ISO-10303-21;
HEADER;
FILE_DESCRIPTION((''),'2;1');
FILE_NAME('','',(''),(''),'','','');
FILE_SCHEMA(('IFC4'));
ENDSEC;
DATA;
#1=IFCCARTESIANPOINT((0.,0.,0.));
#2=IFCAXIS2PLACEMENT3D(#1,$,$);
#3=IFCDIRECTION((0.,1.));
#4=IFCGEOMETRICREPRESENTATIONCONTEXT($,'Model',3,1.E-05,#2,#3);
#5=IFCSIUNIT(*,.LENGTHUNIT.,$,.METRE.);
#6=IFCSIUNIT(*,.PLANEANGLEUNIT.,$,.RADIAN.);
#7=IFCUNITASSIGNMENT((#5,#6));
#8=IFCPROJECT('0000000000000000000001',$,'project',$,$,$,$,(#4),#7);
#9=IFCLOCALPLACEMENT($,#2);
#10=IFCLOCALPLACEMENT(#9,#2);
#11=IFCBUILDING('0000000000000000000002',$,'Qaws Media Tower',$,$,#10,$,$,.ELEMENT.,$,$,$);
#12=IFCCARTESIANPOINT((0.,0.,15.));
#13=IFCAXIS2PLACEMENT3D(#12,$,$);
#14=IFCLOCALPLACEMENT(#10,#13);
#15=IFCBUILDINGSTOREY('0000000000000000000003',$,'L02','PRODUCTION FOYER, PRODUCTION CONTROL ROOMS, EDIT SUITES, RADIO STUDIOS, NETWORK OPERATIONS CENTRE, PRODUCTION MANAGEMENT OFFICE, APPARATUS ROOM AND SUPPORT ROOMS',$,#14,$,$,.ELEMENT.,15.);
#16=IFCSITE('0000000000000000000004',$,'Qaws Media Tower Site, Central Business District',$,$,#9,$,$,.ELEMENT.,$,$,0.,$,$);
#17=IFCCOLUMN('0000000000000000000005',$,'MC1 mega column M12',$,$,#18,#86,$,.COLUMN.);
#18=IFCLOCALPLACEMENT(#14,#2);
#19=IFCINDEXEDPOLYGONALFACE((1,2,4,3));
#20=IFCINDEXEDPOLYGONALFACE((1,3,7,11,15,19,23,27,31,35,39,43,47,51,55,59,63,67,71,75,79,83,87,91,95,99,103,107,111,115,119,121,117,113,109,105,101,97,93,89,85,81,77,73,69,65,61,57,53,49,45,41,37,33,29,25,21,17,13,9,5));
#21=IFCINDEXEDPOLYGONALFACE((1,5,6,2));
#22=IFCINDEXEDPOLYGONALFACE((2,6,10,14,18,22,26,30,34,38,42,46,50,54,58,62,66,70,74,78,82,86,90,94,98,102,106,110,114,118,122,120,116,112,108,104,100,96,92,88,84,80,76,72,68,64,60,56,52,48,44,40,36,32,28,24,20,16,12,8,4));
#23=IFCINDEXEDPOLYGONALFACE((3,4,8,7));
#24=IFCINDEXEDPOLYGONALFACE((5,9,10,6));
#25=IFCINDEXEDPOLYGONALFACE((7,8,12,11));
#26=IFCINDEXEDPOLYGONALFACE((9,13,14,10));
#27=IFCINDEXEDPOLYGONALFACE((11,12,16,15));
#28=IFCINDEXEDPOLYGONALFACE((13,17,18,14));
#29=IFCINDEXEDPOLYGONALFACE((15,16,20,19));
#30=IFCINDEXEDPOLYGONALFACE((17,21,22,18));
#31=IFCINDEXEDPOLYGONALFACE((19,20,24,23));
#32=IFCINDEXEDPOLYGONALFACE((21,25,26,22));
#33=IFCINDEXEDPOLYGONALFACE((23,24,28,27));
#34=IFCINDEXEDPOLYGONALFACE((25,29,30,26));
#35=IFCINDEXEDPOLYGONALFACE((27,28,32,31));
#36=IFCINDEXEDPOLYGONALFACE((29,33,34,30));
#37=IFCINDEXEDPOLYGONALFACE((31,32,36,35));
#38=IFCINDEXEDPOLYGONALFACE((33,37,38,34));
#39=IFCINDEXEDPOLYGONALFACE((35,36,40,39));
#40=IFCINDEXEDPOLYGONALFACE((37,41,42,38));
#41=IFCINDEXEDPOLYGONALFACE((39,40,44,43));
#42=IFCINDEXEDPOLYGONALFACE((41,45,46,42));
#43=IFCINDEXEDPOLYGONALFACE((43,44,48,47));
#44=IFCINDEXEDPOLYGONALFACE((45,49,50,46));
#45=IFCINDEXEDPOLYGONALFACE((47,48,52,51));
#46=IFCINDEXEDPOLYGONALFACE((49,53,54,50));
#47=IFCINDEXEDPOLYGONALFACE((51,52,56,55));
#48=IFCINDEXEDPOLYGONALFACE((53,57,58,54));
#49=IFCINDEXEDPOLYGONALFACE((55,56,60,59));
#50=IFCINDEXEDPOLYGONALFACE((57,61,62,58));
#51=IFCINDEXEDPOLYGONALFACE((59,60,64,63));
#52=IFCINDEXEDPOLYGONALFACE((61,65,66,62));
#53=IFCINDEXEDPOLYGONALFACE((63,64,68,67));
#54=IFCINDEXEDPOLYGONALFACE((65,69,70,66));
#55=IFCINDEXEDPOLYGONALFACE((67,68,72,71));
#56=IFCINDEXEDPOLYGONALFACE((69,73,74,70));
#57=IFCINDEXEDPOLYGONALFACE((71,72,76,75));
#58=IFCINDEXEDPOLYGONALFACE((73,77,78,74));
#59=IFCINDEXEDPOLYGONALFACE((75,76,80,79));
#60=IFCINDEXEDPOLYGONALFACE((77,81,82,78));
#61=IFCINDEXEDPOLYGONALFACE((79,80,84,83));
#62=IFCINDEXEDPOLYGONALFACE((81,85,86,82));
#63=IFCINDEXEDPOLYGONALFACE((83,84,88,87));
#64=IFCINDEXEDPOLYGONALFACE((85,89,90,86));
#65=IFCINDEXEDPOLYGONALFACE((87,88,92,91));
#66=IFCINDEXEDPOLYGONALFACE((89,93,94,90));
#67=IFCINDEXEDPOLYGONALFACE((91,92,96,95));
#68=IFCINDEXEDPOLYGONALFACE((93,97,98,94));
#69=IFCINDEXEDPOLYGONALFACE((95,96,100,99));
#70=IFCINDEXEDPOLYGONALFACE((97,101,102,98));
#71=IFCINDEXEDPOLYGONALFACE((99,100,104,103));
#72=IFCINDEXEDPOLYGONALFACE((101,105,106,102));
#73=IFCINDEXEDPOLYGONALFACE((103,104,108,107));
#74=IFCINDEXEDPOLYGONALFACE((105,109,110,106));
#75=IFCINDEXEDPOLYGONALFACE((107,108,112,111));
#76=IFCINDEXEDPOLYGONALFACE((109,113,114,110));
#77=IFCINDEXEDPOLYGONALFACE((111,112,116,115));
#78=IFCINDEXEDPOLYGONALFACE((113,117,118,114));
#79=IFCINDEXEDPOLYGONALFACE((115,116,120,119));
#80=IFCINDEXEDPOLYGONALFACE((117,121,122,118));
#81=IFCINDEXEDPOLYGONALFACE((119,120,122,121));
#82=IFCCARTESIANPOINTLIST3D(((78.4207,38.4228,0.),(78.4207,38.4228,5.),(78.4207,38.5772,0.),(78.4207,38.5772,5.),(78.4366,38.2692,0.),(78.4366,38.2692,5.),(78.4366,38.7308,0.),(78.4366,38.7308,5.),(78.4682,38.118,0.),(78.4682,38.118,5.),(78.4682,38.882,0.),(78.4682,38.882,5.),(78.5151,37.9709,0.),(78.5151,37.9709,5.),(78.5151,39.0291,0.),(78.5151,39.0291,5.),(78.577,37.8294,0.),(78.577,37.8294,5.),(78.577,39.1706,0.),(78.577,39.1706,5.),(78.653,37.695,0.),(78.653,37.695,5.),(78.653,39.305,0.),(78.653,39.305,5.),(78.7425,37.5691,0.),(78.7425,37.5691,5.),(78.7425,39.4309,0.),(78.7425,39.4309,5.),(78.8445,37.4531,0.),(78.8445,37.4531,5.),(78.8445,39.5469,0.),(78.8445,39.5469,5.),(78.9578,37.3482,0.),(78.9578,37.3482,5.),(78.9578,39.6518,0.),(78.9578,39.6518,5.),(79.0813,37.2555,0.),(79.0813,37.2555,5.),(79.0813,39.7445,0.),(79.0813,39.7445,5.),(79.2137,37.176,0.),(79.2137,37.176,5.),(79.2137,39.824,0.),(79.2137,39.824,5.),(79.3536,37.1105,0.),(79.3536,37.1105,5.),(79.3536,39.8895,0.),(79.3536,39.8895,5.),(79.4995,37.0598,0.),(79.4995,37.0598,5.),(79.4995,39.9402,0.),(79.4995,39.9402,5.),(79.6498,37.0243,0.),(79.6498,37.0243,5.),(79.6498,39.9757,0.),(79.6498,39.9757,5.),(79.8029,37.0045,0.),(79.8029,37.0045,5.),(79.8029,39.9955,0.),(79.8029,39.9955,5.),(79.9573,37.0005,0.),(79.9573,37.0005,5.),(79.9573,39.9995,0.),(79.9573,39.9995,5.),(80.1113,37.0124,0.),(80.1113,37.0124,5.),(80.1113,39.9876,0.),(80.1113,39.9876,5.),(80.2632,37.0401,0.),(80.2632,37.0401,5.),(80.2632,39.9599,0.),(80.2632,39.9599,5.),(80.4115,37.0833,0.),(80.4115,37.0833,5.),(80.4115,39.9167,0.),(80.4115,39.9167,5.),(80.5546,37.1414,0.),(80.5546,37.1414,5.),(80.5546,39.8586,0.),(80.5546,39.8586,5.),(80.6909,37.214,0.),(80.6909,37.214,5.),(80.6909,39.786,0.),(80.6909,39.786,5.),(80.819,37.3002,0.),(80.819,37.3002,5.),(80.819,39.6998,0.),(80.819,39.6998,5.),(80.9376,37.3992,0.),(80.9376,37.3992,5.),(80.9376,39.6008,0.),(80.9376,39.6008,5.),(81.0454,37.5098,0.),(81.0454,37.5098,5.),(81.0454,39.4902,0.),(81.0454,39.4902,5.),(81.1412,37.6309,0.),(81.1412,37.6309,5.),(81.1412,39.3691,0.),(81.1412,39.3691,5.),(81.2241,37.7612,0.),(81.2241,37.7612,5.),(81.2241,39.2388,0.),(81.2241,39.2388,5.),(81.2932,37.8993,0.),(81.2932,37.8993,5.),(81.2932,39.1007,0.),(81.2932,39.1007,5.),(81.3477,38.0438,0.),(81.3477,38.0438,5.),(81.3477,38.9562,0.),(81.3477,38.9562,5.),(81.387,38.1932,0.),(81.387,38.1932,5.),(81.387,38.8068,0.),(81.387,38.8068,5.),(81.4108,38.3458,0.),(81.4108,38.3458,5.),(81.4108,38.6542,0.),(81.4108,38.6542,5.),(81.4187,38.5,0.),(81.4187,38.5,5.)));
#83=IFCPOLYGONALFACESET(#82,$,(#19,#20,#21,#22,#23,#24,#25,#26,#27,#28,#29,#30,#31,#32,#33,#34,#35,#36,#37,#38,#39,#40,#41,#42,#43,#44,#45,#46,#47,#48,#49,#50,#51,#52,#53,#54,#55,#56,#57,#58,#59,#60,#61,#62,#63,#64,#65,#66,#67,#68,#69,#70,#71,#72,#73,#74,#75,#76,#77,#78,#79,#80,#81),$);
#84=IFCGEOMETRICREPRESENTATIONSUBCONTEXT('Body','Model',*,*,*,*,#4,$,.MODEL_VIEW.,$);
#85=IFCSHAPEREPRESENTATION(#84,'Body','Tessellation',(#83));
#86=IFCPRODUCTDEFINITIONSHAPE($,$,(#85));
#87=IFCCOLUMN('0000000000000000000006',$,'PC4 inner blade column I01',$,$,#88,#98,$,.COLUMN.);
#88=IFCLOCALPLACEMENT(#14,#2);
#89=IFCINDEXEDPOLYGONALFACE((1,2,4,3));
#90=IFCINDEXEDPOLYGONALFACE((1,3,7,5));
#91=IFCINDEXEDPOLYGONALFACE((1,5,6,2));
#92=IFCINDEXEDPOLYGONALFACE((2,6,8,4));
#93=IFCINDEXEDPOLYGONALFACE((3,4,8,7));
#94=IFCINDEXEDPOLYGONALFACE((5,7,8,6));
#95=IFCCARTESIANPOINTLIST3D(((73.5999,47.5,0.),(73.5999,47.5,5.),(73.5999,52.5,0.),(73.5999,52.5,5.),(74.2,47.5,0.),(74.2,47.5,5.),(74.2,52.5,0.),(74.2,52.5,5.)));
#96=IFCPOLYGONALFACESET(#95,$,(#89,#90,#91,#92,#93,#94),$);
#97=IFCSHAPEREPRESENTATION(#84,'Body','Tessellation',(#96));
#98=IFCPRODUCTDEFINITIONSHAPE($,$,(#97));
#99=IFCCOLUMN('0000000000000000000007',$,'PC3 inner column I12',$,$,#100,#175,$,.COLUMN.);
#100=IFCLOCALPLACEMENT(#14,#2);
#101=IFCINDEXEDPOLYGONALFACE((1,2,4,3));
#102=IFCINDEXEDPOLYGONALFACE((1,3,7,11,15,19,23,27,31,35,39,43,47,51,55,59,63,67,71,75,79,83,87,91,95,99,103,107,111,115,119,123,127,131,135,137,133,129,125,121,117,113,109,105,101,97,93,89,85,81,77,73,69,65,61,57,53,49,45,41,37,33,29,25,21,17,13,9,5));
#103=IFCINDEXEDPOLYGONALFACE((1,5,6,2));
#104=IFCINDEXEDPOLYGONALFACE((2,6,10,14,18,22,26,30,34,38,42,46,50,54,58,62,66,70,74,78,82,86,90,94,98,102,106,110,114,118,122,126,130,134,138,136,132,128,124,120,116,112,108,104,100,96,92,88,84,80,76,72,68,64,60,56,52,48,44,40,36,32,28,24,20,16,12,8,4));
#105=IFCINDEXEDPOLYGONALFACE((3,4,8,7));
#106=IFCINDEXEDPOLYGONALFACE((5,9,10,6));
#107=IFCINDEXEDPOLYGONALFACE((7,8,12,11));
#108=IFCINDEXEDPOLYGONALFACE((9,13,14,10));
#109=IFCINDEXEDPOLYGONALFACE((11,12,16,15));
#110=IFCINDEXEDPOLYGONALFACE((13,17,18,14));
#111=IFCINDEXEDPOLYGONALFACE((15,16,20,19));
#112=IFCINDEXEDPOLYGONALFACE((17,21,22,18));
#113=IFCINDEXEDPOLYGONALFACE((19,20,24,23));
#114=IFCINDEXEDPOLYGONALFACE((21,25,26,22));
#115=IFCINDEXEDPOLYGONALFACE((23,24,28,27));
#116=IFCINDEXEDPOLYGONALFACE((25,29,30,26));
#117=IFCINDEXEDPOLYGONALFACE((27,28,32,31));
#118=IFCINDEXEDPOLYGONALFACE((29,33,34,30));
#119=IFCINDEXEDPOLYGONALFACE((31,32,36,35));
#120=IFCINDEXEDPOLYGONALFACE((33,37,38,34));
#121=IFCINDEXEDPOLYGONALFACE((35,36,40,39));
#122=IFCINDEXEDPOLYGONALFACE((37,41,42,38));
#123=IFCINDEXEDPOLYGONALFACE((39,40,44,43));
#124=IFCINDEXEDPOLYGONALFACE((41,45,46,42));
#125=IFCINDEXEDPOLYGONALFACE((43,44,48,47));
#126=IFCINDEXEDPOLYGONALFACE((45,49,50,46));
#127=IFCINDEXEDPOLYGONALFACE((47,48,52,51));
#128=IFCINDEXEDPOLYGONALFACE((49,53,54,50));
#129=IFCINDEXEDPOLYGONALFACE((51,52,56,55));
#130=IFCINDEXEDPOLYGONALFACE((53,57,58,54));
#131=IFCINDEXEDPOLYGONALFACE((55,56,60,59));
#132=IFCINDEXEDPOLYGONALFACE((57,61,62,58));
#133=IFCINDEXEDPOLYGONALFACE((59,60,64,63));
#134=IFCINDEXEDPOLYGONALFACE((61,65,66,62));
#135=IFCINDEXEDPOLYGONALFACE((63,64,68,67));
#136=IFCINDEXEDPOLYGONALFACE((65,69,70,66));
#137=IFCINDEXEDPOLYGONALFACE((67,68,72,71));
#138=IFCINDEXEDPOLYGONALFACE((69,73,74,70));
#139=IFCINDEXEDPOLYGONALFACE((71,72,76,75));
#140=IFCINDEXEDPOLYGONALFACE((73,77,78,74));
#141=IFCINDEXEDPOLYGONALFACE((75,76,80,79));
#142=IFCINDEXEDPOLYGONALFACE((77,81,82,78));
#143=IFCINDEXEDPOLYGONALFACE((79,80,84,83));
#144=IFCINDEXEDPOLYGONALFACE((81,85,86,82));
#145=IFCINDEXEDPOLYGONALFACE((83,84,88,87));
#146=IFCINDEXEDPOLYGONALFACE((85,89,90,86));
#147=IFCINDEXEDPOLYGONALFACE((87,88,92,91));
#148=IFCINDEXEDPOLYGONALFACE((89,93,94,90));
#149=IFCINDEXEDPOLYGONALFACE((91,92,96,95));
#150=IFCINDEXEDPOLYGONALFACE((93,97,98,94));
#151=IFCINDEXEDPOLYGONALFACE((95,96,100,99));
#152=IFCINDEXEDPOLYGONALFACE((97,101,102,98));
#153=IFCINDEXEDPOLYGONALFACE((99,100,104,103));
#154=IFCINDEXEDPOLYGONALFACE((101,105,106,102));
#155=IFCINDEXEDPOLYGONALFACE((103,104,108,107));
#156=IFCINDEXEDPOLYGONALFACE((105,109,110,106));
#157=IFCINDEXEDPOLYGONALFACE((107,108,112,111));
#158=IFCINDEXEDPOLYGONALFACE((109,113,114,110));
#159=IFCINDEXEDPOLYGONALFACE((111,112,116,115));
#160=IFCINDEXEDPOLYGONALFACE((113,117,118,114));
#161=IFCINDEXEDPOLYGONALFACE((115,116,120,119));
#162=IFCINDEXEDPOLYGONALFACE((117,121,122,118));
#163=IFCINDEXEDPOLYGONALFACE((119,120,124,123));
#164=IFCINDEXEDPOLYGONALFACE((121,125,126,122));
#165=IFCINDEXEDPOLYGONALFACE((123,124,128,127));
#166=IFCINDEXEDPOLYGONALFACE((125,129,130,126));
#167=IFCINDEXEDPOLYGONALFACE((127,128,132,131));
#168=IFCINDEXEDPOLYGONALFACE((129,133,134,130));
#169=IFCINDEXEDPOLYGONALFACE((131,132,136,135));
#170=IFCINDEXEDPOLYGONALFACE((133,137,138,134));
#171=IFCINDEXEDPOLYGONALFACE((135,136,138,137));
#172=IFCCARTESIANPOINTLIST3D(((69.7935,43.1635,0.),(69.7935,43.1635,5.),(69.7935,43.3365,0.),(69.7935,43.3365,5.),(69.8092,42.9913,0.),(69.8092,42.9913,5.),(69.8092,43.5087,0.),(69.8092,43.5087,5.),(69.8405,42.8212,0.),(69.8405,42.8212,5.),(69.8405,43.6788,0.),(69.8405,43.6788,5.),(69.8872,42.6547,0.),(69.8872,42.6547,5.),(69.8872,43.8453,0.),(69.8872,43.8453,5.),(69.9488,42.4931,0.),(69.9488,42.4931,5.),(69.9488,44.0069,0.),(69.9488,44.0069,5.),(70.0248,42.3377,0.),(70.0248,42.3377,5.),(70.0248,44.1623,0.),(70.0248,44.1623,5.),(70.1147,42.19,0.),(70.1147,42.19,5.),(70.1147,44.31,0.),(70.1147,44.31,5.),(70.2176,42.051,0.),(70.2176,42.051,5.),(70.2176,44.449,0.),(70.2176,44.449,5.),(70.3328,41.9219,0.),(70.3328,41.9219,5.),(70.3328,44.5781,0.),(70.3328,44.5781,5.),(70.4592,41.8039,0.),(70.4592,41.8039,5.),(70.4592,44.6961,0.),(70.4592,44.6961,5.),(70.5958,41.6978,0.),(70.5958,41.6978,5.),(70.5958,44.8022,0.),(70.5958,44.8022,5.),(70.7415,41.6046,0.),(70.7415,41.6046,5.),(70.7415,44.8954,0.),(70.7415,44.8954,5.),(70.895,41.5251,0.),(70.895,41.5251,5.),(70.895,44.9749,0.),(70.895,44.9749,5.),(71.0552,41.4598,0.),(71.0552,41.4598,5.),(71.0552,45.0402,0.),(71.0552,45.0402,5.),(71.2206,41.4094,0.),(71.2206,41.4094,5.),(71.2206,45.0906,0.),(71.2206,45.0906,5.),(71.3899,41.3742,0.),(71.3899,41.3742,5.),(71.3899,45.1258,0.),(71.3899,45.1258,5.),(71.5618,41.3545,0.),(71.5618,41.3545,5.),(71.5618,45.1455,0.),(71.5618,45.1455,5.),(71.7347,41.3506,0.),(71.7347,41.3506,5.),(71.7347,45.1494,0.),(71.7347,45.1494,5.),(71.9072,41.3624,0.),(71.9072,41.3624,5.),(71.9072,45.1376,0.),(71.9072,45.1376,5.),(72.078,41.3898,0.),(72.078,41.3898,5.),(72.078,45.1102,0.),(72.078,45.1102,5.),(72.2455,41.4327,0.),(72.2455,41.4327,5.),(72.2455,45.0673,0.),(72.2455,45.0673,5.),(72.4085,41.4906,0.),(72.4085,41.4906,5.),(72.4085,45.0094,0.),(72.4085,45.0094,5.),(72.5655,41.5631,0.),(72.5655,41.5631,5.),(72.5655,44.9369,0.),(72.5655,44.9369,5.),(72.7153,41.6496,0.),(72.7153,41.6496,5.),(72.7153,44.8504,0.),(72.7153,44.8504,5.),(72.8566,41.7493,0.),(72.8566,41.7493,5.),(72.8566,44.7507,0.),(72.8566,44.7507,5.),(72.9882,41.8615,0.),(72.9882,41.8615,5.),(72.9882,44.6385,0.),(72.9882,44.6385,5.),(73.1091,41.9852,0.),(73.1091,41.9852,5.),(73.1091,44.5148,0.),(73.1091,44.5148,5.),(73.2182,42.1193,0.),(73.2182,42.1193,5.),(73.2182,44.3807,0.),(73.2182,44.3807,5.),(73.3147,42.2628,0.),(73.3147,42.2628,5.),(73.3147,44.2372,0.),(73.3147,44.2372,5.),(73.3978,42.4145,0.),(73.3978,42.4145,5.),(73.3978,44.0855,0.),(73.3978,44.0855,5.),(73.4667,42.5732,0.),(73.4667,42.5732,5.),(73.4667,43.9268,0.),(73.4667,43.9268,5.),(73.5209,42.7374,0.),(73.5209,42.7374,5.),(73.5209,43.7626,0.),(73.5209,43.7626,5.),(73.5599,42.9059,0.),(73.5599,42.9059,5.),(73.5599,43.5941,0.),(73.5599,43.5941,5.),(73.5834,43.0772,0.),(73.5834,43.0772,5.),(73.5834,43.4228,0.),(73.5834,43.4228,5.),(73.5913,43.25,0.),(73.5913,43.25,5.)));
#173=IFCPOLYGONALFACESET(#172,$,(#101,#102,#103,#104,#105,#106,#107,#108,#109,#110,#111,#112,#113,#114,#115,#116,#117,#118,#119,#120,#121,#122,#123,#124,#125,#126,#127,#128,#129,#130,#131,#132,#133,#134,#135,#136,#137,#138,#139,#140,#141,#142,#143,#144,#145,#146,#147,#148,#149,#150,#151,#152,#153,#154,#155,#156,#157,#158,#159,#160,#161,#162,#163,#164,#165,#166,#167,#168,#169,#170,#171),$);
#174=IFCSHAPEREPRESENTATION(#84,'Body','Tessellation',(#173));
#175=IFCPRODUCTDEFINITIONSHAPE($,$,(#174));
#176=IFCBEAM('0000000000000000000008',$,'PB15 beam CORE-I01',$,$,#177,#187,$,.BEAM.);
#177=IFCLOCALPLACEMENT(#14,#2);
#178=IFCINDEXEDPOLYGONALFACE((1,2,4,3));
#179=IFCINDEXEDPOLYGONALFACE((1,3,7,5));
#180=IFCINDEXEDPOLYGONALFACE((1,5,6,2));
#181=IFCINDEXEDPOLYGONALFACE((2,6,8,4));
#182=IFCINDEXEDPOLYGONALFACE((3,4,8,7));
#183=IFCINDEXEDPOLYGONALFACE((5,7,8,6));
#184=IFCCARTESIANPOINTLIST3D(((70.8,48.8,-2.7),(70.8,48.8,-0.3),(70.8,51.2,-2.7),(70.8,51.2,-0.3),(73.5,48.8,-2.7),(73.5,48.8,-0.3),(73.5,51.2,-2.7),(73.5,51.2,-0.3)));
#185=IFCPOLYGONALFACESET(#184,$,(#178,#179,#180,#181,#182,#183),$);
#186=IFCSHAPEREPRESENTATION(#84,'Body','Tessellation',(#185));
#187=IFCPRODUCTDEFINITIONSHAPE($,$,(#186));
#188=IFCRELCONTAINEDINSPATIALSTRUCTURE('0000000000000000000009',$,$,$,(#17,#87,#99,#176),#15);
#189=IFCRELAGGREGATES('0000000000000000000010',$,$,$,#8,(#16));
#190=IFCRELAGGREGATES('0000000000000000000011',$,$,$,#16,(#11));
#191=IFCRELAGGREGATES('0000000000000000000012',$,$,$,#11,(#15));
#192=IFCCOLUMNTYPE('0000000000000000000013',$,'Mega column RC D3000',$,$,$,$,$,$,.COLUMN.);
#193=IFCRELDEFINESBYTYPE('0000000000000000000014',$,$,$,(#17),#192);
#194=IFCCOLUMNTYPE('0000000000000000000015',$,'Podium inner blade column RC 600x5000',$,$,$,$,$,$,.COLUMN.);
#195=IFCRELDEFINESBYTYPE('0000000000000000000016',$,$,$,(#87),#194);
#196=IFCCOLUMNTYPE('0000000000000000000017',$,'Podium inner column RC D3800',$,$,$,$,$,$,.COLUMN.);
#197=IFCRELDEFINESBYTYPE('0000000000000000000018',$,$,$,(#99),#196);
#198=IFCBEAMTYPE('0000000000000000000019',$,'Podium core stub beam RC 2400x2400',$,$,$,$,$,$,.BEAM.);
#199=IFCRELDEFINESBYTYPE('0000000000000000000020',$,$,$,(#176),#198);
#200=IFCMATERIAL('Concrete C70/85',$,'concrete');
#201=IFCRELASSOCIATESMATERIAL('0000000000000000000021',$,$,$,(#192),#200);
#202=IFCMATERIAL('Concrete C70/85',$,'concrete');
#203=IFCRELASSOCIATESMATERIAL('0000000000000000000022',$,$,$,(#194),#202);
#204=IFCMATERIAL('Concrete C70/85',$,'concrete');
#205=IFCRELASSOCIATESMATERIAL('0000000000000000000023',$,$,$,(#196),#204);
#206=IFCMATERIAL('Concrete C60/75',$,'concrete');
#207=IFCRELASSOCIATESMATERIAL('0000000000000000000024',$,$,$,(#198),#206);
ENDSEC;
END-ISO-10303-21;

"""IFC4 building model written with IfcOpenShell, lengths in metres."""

from ifc_helpers import new_model, si_unit, direction, frame, origin, origin_2d, place, context, subcontext, project, spatial, rectangle, circle, extrude, material, material_profile, profile_set, type_object, element, save


model = new_model("IFC4")

# Units and contexts
model_context = context("Model", 3, precision=1e-05, world=origin(), true_north=direction((0.0, 1.0)))
body_context = subcontext(model_context, "Body", "Model", "MODEL_VIEW")
ifc_project = project(units=[si_unit("LENGTHUNIT", "METRE"), si_unit("PLANEANGLEUNIT", "RADIAN")], contexts=[model_context])

# Site, building, storey
site_placement = place(None, origin())
site = spatial("IfcSite", under=ifc_project, at=site_placement, Name="Qaws Media Tower Site, Central Business District", CompositionType="ELEMENT", RefElevation=0.0)
building_placement = place(site_placement, origin())
building = spatial("IfcBuilding", under=site, at=building_placement, Name="Qaws Media Tower", CompositionType="ELEMENT")
storey_placement = place(building_placement, frame((0.0, 0.0, 15.0)))
storey = spatial("IfcBuildingStorey", under=building, at=storey_placement, Name="L02", Description="PRODUCTION FOYER, PRODUCTION CONTROL ROOMS, EDIT SUITES, RADIO STUDIOS, NETWORK OPERATIONS CENTRE, PRODUCTION MANAGEMENT OFFICE, APPARATUS ROOM AND SUPPORT ROOMS", CompositionType="ELEMENT", Elevation=15.0)

# Columns
ifc_material_1 = material(Name="Concrete C70/85", Category="concrete")
ifc_material_profile_1 = material_profile(ifc_material_1, circle(Radius=1.5, at=origin_2d()), Name="RC D3000")
ifc_profile_set_1 = profile_set([ifc_material_profile_1], Name="Concrete C70/85")
column_type_1 = type_object("IfcColumnType", Name="Mega column RC D3000", PredefinedType="COLUMN", material=ifc_profile_set_1)
column_1_placement = place(storey_placement, frame((79.9187, 38.5, 0.0), z_axis=(0.0, 0.0, 1.0), x_axis=(1.0, 0.0, 0.0)))
element("IfcColumn", 1, at=column_1_placement, inside=storey, type_object=column_type_1, Name="MC1 mega column M12", PredefinedType="COLUMN", context=body_context, shape_type="SweptSolid", body=[
    extrude(circle(Radius=1.5, at=origin_2d()), origin(), (0.0, 0.0, 1.0), 5.0),
])
ifc_material_2 = material(Name="Concrete C70/85", Category="concrete")
ifc_material_profile_2 = material_profile(ifc_material_2, rectangle(XDim=0.6001, YDim=5.0, at=origin_2d()), Name="RC 600x5000")
ifc_profile_set_2 = profile_set([ifc_material_profile_2], Name="Concrete C70/85")
column_type_2 = type_object("IfcColumnType", Name="Podium inner blade column RC 600x5000", PredefinedType="COLUMN", material=ifc_profile_set_2)
column_2_placement = place(storey_placement, frame((73.8999, 50.0, 0.0), z_axis=(0.0, 0.0, 1.0), x_axis=(1.0, 0.0, 0.0)))
element("IfcColumn", 2, at=column_2_placement, inside=storey, type_object=column_type_2, Name="PC4 inner blade column I01", PredefinedType="COLUMN", context=body_context, shape_type="SweptSolid", body=[
    extrude(rectangle(XDim=0.6001, YDim=5.0, at=origin_2d()), origin(), (0.0, 0.0, 1.0), 5.0),
])
ifc_material_3 = material(Name="Concrete C70/85", Category="concrete")
ifc_material_profile_3 = material_profile(ifc_material_3, circle(Radius=1.8999, at=origin_2d()), Name="RC D3800")
ifc_profile_set_3 = profile_set([ifc_material_profile_3], Name="Concrete C70/85")
column_type_3 = type_object("IfcColumnType", Name="Podium inner column RC D3800", PredefinedType="COLUMN", material=ifc_profile_set_3)
column_3_placement = place(storey_placement, frame((71.6914, 43.25, 0.0), z_axis=(0.0, 0.0, 1.0), x_axis=(1.0, 0.0, 0.0)))
element("IfcColumn", 3, at=column_3_placement, inside=storey, type_object=column_type_3, Name="PC3 inner column I12", PredefinedType="COLUMN", context=body_context, shape_type="SweptSolid", body=[
    extrude(circle(Radius=1.8999, at=origin_2d()), origin(), (0.0, 0.0, 1.0), 5.0),
])

# Beam
ifc_material_4 = material(Name="Concrete C60/75", Category="concrete")
ifc_material_profile_4 = material_profile(ifc_material_4, rectangle(XDim=2.3999, YDim=2.3999, at=origin_2d()), Name="RC 2400x2400")
ifc_profile_set_4 = profile_set([ifc_material_profile_4], Name="Concrete C60/75")
beam_type_1 = type_object("IfcBeamType", Name="Podium core stub beam RC 2400x2400", PredefinedType="BEAM", material=ifc_profile_set_4)
beam_1_placement = place(storey_placement, frame((70.8, 50.0, -1.5), z_axis=(1.0, 0.0, 0.0), x_axis=(0.0, 1.0, 0.0)))
element("IfcBeam", 4, at=beam_1_placement, inside=storey, type_object=beam_type_1, Name="PB15 beam CORE-I01", PredefinedType="BEAM", context=body_context, shape_type="SweptSolid", body=[
    extrude(rectangle(XDim=2.3999, YDim=2.3999, at=origin_2d()), origin(), (0.0, 0.0, 1.0), 2.7),
])

save(model, "model.ifc")
